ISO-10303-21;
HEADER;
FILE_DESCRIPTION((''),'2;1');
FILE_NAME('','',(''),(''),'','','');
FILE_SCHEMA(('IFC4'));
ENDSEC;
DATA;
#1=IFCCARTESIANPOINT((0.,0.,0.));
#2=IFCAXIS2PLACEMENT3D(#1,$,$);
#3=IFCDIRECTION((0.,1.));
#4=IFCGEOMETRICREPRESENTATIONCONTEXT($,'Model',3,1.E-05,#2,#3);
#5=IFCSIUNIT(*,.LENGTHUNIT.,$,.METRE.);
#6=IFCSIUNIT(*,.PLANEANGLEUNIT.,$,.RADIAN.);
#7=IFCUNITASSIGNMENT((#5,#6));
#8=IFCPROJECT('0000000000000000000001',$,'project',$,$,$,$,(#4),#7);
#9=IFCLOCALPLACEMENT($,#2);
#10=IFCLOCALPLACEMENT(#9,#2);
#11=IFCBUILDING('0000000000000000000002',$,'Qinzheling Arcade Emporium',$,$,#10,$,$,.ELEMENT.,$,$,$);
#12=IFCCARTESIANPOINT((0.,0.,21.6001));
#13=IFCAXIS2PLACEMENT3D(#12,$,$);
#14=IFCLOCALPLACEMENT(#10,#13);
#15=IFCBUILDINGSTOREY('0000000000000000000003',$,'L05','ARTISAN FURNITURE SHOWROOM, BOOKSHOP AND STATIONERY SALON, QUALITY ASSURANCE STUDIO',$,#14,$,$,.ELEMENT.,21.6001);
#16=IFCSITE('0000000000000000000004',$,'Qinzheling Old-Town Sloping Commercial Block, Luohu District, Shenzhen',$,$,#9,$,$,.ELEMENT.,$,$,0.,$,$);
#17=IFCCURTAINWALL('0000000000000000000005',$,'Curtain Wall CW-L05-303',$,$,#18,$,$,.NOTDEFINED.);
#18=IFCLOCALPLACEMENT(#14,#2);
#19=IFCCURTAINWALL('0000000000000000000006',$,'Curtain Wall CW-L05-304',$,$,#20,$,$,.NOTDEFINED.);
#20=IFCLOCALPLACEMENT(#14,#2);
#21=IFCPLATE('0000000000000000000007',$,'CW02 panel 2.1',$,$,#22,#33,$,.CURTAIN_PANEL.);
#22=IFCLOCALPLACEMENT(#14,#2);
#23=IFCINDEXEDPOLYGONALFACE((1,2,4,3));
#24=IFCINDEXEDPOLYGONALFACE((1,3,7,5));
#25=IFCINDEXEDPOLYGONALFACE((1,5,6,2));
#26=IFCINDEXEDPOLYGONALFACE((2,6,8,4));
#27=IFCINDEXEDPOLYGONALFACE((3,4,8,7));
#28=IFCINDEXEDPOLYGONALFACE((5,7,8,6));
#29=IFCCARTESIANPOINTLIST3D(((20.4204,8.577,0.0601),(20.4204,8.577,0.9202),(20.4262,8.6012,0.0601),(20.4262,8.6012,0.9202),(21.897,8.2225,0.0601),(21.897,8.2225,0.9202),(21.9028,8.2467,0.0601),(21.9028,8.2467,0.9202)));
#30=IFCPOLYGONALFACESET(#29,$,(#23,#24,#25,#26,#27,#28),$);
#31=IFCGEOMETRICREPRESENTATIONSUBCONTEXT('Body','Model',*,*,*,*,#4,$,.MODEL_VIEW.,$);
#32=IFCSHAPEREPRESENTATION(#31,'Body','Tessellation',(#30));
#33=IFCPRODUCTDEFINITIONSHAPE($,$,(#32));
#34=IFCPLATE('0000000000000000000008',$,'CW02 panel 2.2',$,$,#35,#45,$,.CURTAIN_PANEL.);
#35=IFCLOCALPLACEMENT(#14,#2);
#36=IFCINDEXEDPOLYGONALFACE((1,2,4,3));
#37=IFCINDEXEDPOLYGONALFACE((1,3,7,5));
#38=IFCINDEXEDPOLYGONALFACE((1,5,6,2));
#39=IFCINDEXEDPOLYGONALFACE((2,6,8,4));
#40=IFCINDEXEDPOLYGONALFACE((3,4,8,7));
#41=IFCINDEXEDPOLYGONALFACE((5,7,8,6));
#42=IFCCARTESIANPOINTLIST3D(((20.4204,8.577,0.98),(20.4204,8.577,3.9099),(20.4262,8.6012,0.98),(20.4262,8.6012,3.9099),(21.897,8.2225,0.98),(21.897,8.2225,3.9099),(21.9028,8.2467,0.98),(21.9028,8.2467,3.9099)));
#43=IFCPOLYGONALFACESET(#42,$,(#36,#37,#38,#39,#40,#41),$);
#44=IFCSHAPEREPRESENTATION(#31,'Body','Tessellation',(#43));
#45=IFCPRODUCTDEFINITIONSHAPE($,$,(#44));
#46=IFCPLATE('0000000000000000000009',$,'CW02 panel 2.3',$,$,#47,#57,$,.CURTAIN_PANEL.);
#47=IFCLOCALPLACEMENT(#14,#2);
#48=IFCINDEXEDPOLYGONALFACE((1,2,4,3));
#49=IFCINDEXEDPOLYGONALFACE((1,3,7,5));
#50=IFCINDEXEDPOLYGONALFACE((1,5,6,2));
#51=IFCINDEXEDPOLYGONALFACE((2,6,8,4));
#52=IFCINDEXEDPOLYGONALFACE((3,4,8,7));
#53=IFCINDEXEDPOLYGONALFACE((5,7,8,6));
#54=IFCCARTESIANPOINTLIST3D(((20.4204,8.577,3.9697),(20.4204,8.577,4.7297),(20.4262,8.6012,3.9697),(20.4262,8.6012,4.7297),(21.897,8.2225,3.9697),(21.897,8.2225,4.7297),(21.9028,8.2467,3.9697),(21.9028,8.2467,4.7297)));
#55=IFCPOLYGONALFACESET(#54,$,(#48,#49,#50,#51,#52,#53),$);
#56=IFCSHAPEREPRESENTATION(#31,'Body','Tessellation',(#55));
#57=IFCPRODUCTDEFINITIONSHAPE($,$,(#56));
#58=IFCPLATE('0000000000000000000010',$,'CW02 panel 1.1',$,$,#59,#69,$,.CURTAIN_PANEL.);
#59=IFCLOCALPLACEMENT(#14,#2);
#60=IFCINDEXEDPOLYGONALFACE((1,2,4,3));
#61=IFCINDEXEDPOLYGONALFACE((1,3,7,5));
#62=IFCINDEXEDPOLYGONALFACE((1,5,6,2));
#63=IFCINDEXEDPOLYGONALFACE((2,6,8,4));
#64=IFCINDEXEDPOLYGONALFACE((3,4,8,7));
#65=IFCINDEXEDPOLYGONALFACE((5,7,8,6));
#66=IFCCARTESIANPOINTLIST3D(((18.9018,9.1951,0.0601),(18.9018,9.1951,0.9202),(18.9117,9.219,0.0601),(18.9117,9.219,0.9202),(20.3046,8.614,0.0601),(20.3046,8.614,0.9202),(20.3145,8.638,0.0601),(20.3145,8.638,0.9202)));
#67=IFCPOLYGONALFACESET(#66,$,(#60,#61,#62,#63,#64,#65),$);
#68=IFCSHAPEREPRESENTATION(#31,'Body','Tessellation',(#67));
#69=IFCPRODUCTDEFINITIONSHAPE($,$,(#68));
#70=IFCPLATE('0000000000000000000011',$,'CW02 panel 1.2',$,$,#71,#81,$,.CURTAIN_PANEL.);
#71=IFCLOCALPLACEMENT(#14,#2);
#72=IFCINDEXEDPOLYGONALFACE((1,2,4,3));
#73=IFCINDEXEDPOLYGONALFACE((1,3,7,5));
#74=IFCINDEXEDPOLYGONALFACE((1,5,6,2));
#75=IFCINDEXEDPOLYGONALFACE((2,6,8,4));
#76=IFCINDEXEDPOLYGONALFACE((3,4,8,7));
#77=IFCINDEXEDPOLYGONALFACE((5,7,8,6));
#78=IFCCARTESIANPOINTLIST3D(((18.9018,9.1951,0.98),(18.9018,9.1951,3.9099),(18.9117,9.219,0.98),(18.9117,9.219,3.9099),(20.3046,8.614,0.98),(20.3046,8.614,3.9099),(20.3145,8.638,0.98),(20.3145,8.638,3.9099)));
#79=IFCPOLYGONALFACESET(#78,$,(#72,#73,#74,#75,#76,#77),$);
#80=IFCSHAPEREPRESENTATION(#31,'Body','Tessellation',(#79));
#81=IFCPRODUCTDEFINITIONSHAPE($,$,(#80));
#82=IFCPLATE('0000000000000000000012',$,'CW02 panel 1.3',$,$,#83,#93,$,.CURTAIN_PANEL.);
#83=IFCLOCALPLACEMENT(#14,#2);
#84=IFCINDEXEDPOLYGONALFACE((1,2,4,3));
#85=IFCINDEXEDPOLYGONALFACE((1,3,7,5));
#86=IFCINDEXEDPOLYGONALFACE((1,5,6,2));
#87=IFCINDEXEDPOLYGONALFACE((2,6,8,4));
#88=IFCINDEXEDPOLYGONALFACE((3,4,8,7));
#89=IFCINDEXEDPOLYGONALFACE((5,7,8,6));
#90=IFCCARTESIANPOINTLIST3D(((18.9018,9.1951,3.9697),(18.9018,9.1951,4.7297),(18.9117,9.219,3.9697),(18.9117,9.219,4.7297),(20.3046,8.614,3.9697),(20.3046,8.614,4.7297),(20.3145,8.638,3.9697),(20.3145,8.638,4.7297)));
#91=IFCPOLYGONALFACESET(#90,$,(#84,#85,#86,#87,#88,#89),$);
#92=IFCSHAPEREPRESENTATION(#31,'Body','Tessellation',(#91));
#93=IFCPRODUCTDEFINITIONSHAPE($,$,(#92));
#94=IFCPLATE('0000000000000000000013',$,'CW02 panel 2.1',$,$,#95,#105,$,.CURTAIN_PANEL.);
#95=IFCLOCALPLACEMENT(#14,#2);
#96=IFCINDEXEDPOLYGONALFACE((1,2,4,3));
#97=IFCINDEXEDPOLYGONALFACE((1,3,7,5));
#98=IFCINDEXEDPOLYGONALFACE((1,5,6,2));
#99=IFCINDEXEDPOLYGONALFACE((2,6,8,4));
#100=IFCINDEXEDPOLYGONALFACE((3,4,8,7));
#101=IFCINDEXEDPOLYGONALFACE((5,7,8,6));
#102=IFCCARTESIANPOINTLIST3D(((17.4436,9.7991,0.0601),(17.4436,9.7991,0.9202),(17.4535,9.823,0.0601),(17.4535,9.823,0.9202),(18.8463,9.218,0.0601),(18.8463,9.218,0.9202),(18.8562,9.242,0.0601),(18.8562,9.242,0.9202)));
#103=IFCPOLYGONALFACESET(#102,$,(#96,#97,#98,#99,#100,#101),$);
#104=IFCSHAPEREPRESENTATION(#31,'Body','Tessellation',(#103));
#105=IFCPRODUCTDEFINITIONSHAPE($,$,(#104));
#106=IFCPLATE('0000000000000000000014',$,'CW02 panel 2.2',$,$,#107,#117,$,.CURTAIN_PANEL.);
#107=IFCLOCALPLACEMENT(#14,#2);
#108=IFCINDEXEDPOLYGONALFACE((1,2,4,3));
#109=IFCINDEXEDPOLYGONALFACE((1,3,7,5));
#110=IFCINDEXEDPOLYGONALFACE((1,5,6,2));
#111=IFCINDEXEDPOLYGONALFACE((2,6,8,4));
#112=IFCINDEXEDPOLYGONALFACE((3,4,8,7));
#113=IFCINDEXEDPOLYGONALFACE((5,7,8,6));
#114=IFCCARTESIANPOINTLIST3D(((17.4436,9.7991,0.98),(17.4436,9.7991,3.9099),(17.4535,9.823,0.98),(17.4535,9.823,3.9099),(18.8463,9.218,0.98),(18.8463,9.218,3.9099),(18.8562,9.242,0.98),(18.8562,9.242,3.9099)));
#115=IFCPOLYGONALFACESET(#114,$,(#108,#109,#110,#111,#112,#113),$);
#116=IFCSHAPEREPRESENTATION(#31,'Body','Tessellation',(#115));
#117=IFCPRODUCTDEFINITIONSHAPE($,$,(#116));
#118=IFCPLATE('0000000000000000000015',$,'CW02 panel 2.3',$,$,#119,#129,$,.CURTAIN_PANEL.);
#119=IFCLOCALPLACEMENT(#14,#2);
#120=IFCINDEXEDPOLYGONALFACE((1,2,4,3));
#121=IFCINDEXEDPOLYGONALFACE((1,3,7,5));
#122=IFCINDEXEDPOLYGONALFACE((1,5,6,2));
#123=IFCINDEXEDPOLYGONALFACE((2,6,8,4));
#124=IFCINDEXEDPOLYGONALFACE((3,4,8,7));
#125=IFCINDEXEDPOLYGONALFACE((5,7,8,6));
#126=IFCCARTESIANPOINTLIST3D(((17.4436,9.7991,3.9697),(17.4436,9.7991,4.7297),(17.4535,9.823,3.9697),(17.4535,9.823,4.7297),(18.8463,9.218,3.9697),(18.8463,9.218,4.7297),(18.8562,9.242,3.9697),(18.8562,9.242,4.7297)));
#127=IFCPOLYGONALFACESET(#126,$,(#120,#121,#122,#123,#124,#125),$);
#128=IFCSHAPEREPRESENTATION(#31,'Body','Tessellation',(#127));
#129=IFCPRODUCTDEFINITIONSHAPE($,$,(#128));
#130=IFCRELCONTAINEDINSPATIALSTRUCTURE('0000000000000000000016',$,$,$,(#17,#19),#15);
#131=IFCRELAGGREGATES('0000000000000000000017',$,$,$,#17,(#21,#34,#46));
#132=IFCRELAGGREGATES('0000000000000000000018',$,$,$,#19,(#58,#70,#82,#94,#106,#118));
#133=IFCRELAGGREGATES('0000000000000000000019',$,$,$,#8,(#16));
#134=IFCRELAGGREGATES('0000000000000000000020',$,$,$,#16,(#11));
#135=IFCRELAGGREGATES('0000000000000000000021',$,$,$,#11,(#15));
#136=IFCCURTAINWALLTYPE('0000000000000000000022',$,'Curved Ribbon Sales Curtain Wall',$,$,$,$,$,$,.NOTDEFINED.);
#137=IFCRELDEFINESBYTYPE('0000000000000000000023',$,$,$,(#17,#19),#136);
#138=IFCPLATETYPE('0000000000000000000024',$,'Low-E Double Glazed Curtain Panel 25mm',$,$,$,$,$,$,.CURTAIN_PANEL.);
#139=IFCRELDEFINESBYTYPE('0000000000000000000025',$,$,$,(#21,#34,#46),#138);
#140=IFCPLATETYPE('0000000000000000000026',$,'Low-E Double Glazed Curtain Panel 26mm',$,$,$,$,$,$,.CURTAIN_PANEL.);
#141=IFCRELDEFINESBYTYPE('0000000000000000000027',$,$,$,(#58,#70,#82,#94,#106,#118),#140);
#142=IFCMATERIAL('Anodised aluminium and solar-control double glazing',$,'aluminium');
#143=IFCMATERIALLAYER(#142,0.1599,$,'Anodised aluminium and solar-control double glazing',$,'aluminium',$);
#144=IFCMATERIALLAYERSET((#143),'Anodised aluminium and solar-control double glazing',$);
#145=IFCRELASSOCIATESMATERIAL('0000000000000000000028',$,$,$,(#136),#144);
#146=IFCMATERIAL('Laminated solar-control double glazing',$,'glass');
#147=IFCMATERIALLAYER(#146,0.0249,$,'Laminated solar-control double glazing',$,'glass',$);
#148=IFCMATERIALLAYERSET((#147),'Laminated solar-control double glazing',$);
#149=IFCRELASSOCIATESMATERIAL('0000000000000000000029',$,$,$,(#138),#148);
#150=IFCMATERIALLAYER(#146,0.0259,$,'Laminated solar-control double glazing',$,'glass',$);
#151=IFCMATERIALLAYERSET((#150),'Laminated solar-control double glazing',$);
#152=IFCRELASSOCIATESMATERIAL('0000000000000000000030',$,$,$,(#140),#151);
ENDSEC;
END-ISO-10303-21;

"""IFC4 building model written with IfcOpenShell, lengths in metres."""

from ifc_helpers import new_model, si_unit, direction, frame, origin, origin_2d, place, context, subcontext, project, spatial, rectangle, extrude, material, layer, layer_set, type_object, element, aggregate, save


model = new_model("IFC4")

# Units and contexts
model_context = context("Model", 3, precision=1e-05, world=origin(), true_north=direction((0.0, 1.0)))
body_context = subcontext(model_context, "Body", "Model", "MODEL_VIEW")
ifc_project = project(units=[si_unit("LENGTHUNIT", "METRE"), si_unit("PLANEANGLEUNIT", "RADIAN")], contexts=[model_context])

# Site, building, storey
site_placement = place(None, origin())
site = spatial("IfcSite", under=ifc_project, at=site_placement, Name="Qinzheling Old-Town Sloping Commercial Block, Luohu District, Shenzhen", CompositionType="ELEMENT", RefElevation=0.0)
building_placement = place(site_placement, origin())
building = spatial("IfcBuilding", under=site, at=building_placement, Name="Qinzheling Arcade Emporium", CompositionType="ELEMENT")
storey_placement = place(building_placement, frame((0.0, 0.0, 21.6001)))
storey = spatial("IfcBuildingStorey", under=building, at=storey_placement, Name="L05", Description="ARTISAN FURNITURE SHOWROOM, BOOKSHOP AND STATIONERY SALON, QUALITY ASSURANCE STUDIO", CompositionType="ELEMENT", Elevation=21.6001)

# Curtain walls
ifc_material_1 = material(Name="Anodised aluminium and solar-control double glazing", Category="aluminium")
ifc_layer_1 = layer(ifc_material_1, 0.1599, Name="Anodised aluminium and solar-control double glazing", Category="aluminium")
ifc_layer_set_1 = layer_set([ifc_layer_1], Name="Anodised aluminium and solar-control double glazing")
curtain_wall_type = type_object("IfcCurtainWallType", Name="Curved Ribbon Sales Curtain Wall", PredefinedType="NOTDEFINED", material=ifc_layer_set_1)
curtain_wall_1_placement = place(storey_placement, origin())
curtain_wall_1 = element("IfcCurtainWall", 1, at=curtain_wall_1_placement, inside=storey, type_object=curtain_wall_type, Name="Curtain Wall CW-L05-303", PredefinedType="NOTDEFINED")
curtain_wall_2_placement = place(storey_placement, origin())
curtain_wall_2 = element("IfcCurtainWall", 2, at=curtain_wall_2_placement, inside=storey, type_object=curtain_wall_type, Name="Curtain Wall CW-L05-304", PredefinedType="NOTDEFINED")

# Plates
ifc_material_2 = material(Name="Laminated solar-control double glazing", Category="glass")
ifc_layer_2 = layer(ifc_material_2, 0.0249, Name="Laminated solar-control double glazing", Category="glass")
ifc_layer_set_2 = layer_set([ifc_layer_2], Name="Laminated solar-control double glazing")
plate_type_1 = type_object("IfcPlateType", Name="Low-E Double Glazed Curtain Panel 25mm", PredefinedType="CURTAIN_PANEL", material=ifc_layer_set_2)
plate_1_placement = place(storey_placement, frame((21.1616, 8.4119, 0.0601), z_axis=(0.0, 0.0, 1.0), x_axis=(-0.972368, 0.233455, 0.0)))
plate_1 = element("IfcPlate", 3, at=plate_1_placement, type_object=plate_type_1, Name="CW02 panel 2.1", PredefinedType="CURTAIN_PANEL", context=body_context, shape_type="SweptSolid", body=[
    extrude(rectangle(XDim=1.5186, YDim=0.0249, at=origin_2d()), origin(), (0.0, 0.0, 1.0), 0.8601),
])
plate_2_placement = place(storey_placement, frame((21.1616, 8.4119, 0.98), z_axis=(0.0, 0.0, 1.0), x_axis=(-0.972368, 0.233455, 0.0)))
plate_2 = element("IfcPlate", 4, at=plate_2_placement, type_object=plate_type_1, Name="CW02 panel 2.2", PredefinedType="CURTAIN_PANEL", context=body_context, shape_type="SweptSolid", body=[
    extrude(rectangle(XDim=1.5186, YDim=0.0249, at=origin_2d()), origin(), (0.0, 0.0, 1.0), 2.9299),
])
plate_3_placement = place(storey_placement, frame((21.1616, 8.4119, 3.9697), z_axis=(0.0, 0.0, 1.0), x_axis=(-0.972368, 0.233455, 0.0)))
plate_3 = element("IfcPlate", 5, at=plate_3_placement, type_object=plate_type_1, Name="CW02 panel 2.3", PredefinedType="CURTAIN_PANEL", context=body_context, shape_type="SweptSolid", body=[
    extrude(rectangle(XDim=1.5186, YDim=0.0249, at=origin_2d()), origin(), (0.0, 0.0, 1.0), 0.76),
])
aggregate(curtain_wall_1, [plate_1, plate_2, plate_3])
ifc_layer_3 = layer(ifc_material_2, 0.0259, Name="Laminated solar-control double glazing", Category="glass")
ifc_layer_set_3 = layer_set([ifc_layer_3], Name="Laminated solar-control double glazing")
plate_type_2 = type_object("IfcPlateType", Name="Low-E Double Glazed Curtain Panel 26mm", PredefinedType="CURTAIN_PANEL", material=ifc_layer_set_3)
plate_4_placement = place(storey_placement, frame((19.6082, 8.9165, 0.0601), z_axis=(0.0, 0.0, 1.0), x_axis=(-0.923884, 0.382672, 0.0)))
plate_4 = element("IfcPlate", 6, at=plate_4_placement, type_object=plate_type_2, Name="CW02 panel 1.1", PredefinedType="CURTAIN_PANEL", context=body_context, shape_type="SweptSolid", body=[
    extrude(rectangle(XDim=1.5183, YDim=0.0259, at=origin_2d()), origin(), (0.0, 0.0, 1.0), 0.8601),
])
plate_5_placement = place(storey_placement, frame((19.6082, 8.9165, 0.98), z_axis=(0.0, 0.0, 1.0), x_axis=(-0.923884, 0.382672, 0.0)))
plate_5 = element("IfcPlate", 7, at=plate_5_placement, type_object=plate_type_2, Name="CW02 panel 1.2", PredefinedType="CURTAIN_PANEL", context=body_context, shape_type="SweptSolid", body=[
    extrude(rectangle(XDim=1.5183, YDim=0.0259, at=origin_2d()), origin(), (0.0, 0.0, 1.0), 2.9299),
])
plate_6_placement = place(storey_placement, frame((19.6082, 8.9165, 3.9697), z_axis=(0.0, 0.0, 1.0), x_axis=(-0.923884, 0.382672, 0.0)))
plate_6 = element("IfcPlate", 8, at=plate_6_placement, type_object=plate_type_2, Name="CW02 panel 1.3", PredefinedType="CURTAIN_PANEL", context=body_context, shape_type="SweptSolid", body=[
    extrude(rectangle(XDim=1.5183, YDim=0.0259, at=origin_2d()), origin(), (0.0, 0.0, 1.0), 0.76),
])
plate_7_placement = place(storey_placement, frame((18.1499, 9.5205, 0.0601), z_axis=(0.0, 0.0, 1.0), x_axis=(-0.923884, 0.382672, 0.0)))
plate_7 = element("IfcPlate", 9, at=plate_7_placement, type_object=plate_type_2, Name="CW02 panel 2.1", PredefinedType="CURTAIN_PANEL", context=body_context, shape_type="SweptSolid", body=[
    extrude(rectangle(XDim=1.5183, YDim=0.0259, at=origin_2d()), origin(), (0.0, 0.0, 1.0), 0.8601),
])
plate_8_placement = place(storey_placement, frame((18.1499, 9.5205, 0.98), z_axis=(0.0, 0.0, 1.0), x_axis=(-0.923884, 0.382672, 0.0)))
plate_8 = element("IfcPlate", 10, at=plate_8_placement, type_object=plate_type_2, Name="CW02 panel 2.2", PredefinedType="CURTAIN_PANEL", context=body_context, shape_type="SweptSolid", body=[
    extrude(rectangle(XDim=1.5183, YDim=0.0259, at=origin_2d()), origin(), (0.0, 0.0, 1.0), 2.9299),
])
plate_9_placement = place(storey_placement, frame((18.1499, 9.5205, 3.9697), z_axis=(0.0, 0.0, 1.0), x_axis=(-0.923884, 0.382672, 0.0)))
plate_9 = element("IfcPlate", 11, at=plate_9_placement, type_object=plate_type_2, Name="CW02 panel 2.3", PredefinedType="CURTAIN_PANEL", context=body_context, shape_type="SweptSolid", body=[
    extrude(rectangle(XDim=1.5183, YDim=0.0259, at=origin_2d()), origin(), (0.0, 0.0, 1.0), 0.76),
])
aggregate(curtain_wall_2, [plate_4, plate_5, plate_6, plate_7, plate_8, plate_9])

save(model, "model.ifc")
